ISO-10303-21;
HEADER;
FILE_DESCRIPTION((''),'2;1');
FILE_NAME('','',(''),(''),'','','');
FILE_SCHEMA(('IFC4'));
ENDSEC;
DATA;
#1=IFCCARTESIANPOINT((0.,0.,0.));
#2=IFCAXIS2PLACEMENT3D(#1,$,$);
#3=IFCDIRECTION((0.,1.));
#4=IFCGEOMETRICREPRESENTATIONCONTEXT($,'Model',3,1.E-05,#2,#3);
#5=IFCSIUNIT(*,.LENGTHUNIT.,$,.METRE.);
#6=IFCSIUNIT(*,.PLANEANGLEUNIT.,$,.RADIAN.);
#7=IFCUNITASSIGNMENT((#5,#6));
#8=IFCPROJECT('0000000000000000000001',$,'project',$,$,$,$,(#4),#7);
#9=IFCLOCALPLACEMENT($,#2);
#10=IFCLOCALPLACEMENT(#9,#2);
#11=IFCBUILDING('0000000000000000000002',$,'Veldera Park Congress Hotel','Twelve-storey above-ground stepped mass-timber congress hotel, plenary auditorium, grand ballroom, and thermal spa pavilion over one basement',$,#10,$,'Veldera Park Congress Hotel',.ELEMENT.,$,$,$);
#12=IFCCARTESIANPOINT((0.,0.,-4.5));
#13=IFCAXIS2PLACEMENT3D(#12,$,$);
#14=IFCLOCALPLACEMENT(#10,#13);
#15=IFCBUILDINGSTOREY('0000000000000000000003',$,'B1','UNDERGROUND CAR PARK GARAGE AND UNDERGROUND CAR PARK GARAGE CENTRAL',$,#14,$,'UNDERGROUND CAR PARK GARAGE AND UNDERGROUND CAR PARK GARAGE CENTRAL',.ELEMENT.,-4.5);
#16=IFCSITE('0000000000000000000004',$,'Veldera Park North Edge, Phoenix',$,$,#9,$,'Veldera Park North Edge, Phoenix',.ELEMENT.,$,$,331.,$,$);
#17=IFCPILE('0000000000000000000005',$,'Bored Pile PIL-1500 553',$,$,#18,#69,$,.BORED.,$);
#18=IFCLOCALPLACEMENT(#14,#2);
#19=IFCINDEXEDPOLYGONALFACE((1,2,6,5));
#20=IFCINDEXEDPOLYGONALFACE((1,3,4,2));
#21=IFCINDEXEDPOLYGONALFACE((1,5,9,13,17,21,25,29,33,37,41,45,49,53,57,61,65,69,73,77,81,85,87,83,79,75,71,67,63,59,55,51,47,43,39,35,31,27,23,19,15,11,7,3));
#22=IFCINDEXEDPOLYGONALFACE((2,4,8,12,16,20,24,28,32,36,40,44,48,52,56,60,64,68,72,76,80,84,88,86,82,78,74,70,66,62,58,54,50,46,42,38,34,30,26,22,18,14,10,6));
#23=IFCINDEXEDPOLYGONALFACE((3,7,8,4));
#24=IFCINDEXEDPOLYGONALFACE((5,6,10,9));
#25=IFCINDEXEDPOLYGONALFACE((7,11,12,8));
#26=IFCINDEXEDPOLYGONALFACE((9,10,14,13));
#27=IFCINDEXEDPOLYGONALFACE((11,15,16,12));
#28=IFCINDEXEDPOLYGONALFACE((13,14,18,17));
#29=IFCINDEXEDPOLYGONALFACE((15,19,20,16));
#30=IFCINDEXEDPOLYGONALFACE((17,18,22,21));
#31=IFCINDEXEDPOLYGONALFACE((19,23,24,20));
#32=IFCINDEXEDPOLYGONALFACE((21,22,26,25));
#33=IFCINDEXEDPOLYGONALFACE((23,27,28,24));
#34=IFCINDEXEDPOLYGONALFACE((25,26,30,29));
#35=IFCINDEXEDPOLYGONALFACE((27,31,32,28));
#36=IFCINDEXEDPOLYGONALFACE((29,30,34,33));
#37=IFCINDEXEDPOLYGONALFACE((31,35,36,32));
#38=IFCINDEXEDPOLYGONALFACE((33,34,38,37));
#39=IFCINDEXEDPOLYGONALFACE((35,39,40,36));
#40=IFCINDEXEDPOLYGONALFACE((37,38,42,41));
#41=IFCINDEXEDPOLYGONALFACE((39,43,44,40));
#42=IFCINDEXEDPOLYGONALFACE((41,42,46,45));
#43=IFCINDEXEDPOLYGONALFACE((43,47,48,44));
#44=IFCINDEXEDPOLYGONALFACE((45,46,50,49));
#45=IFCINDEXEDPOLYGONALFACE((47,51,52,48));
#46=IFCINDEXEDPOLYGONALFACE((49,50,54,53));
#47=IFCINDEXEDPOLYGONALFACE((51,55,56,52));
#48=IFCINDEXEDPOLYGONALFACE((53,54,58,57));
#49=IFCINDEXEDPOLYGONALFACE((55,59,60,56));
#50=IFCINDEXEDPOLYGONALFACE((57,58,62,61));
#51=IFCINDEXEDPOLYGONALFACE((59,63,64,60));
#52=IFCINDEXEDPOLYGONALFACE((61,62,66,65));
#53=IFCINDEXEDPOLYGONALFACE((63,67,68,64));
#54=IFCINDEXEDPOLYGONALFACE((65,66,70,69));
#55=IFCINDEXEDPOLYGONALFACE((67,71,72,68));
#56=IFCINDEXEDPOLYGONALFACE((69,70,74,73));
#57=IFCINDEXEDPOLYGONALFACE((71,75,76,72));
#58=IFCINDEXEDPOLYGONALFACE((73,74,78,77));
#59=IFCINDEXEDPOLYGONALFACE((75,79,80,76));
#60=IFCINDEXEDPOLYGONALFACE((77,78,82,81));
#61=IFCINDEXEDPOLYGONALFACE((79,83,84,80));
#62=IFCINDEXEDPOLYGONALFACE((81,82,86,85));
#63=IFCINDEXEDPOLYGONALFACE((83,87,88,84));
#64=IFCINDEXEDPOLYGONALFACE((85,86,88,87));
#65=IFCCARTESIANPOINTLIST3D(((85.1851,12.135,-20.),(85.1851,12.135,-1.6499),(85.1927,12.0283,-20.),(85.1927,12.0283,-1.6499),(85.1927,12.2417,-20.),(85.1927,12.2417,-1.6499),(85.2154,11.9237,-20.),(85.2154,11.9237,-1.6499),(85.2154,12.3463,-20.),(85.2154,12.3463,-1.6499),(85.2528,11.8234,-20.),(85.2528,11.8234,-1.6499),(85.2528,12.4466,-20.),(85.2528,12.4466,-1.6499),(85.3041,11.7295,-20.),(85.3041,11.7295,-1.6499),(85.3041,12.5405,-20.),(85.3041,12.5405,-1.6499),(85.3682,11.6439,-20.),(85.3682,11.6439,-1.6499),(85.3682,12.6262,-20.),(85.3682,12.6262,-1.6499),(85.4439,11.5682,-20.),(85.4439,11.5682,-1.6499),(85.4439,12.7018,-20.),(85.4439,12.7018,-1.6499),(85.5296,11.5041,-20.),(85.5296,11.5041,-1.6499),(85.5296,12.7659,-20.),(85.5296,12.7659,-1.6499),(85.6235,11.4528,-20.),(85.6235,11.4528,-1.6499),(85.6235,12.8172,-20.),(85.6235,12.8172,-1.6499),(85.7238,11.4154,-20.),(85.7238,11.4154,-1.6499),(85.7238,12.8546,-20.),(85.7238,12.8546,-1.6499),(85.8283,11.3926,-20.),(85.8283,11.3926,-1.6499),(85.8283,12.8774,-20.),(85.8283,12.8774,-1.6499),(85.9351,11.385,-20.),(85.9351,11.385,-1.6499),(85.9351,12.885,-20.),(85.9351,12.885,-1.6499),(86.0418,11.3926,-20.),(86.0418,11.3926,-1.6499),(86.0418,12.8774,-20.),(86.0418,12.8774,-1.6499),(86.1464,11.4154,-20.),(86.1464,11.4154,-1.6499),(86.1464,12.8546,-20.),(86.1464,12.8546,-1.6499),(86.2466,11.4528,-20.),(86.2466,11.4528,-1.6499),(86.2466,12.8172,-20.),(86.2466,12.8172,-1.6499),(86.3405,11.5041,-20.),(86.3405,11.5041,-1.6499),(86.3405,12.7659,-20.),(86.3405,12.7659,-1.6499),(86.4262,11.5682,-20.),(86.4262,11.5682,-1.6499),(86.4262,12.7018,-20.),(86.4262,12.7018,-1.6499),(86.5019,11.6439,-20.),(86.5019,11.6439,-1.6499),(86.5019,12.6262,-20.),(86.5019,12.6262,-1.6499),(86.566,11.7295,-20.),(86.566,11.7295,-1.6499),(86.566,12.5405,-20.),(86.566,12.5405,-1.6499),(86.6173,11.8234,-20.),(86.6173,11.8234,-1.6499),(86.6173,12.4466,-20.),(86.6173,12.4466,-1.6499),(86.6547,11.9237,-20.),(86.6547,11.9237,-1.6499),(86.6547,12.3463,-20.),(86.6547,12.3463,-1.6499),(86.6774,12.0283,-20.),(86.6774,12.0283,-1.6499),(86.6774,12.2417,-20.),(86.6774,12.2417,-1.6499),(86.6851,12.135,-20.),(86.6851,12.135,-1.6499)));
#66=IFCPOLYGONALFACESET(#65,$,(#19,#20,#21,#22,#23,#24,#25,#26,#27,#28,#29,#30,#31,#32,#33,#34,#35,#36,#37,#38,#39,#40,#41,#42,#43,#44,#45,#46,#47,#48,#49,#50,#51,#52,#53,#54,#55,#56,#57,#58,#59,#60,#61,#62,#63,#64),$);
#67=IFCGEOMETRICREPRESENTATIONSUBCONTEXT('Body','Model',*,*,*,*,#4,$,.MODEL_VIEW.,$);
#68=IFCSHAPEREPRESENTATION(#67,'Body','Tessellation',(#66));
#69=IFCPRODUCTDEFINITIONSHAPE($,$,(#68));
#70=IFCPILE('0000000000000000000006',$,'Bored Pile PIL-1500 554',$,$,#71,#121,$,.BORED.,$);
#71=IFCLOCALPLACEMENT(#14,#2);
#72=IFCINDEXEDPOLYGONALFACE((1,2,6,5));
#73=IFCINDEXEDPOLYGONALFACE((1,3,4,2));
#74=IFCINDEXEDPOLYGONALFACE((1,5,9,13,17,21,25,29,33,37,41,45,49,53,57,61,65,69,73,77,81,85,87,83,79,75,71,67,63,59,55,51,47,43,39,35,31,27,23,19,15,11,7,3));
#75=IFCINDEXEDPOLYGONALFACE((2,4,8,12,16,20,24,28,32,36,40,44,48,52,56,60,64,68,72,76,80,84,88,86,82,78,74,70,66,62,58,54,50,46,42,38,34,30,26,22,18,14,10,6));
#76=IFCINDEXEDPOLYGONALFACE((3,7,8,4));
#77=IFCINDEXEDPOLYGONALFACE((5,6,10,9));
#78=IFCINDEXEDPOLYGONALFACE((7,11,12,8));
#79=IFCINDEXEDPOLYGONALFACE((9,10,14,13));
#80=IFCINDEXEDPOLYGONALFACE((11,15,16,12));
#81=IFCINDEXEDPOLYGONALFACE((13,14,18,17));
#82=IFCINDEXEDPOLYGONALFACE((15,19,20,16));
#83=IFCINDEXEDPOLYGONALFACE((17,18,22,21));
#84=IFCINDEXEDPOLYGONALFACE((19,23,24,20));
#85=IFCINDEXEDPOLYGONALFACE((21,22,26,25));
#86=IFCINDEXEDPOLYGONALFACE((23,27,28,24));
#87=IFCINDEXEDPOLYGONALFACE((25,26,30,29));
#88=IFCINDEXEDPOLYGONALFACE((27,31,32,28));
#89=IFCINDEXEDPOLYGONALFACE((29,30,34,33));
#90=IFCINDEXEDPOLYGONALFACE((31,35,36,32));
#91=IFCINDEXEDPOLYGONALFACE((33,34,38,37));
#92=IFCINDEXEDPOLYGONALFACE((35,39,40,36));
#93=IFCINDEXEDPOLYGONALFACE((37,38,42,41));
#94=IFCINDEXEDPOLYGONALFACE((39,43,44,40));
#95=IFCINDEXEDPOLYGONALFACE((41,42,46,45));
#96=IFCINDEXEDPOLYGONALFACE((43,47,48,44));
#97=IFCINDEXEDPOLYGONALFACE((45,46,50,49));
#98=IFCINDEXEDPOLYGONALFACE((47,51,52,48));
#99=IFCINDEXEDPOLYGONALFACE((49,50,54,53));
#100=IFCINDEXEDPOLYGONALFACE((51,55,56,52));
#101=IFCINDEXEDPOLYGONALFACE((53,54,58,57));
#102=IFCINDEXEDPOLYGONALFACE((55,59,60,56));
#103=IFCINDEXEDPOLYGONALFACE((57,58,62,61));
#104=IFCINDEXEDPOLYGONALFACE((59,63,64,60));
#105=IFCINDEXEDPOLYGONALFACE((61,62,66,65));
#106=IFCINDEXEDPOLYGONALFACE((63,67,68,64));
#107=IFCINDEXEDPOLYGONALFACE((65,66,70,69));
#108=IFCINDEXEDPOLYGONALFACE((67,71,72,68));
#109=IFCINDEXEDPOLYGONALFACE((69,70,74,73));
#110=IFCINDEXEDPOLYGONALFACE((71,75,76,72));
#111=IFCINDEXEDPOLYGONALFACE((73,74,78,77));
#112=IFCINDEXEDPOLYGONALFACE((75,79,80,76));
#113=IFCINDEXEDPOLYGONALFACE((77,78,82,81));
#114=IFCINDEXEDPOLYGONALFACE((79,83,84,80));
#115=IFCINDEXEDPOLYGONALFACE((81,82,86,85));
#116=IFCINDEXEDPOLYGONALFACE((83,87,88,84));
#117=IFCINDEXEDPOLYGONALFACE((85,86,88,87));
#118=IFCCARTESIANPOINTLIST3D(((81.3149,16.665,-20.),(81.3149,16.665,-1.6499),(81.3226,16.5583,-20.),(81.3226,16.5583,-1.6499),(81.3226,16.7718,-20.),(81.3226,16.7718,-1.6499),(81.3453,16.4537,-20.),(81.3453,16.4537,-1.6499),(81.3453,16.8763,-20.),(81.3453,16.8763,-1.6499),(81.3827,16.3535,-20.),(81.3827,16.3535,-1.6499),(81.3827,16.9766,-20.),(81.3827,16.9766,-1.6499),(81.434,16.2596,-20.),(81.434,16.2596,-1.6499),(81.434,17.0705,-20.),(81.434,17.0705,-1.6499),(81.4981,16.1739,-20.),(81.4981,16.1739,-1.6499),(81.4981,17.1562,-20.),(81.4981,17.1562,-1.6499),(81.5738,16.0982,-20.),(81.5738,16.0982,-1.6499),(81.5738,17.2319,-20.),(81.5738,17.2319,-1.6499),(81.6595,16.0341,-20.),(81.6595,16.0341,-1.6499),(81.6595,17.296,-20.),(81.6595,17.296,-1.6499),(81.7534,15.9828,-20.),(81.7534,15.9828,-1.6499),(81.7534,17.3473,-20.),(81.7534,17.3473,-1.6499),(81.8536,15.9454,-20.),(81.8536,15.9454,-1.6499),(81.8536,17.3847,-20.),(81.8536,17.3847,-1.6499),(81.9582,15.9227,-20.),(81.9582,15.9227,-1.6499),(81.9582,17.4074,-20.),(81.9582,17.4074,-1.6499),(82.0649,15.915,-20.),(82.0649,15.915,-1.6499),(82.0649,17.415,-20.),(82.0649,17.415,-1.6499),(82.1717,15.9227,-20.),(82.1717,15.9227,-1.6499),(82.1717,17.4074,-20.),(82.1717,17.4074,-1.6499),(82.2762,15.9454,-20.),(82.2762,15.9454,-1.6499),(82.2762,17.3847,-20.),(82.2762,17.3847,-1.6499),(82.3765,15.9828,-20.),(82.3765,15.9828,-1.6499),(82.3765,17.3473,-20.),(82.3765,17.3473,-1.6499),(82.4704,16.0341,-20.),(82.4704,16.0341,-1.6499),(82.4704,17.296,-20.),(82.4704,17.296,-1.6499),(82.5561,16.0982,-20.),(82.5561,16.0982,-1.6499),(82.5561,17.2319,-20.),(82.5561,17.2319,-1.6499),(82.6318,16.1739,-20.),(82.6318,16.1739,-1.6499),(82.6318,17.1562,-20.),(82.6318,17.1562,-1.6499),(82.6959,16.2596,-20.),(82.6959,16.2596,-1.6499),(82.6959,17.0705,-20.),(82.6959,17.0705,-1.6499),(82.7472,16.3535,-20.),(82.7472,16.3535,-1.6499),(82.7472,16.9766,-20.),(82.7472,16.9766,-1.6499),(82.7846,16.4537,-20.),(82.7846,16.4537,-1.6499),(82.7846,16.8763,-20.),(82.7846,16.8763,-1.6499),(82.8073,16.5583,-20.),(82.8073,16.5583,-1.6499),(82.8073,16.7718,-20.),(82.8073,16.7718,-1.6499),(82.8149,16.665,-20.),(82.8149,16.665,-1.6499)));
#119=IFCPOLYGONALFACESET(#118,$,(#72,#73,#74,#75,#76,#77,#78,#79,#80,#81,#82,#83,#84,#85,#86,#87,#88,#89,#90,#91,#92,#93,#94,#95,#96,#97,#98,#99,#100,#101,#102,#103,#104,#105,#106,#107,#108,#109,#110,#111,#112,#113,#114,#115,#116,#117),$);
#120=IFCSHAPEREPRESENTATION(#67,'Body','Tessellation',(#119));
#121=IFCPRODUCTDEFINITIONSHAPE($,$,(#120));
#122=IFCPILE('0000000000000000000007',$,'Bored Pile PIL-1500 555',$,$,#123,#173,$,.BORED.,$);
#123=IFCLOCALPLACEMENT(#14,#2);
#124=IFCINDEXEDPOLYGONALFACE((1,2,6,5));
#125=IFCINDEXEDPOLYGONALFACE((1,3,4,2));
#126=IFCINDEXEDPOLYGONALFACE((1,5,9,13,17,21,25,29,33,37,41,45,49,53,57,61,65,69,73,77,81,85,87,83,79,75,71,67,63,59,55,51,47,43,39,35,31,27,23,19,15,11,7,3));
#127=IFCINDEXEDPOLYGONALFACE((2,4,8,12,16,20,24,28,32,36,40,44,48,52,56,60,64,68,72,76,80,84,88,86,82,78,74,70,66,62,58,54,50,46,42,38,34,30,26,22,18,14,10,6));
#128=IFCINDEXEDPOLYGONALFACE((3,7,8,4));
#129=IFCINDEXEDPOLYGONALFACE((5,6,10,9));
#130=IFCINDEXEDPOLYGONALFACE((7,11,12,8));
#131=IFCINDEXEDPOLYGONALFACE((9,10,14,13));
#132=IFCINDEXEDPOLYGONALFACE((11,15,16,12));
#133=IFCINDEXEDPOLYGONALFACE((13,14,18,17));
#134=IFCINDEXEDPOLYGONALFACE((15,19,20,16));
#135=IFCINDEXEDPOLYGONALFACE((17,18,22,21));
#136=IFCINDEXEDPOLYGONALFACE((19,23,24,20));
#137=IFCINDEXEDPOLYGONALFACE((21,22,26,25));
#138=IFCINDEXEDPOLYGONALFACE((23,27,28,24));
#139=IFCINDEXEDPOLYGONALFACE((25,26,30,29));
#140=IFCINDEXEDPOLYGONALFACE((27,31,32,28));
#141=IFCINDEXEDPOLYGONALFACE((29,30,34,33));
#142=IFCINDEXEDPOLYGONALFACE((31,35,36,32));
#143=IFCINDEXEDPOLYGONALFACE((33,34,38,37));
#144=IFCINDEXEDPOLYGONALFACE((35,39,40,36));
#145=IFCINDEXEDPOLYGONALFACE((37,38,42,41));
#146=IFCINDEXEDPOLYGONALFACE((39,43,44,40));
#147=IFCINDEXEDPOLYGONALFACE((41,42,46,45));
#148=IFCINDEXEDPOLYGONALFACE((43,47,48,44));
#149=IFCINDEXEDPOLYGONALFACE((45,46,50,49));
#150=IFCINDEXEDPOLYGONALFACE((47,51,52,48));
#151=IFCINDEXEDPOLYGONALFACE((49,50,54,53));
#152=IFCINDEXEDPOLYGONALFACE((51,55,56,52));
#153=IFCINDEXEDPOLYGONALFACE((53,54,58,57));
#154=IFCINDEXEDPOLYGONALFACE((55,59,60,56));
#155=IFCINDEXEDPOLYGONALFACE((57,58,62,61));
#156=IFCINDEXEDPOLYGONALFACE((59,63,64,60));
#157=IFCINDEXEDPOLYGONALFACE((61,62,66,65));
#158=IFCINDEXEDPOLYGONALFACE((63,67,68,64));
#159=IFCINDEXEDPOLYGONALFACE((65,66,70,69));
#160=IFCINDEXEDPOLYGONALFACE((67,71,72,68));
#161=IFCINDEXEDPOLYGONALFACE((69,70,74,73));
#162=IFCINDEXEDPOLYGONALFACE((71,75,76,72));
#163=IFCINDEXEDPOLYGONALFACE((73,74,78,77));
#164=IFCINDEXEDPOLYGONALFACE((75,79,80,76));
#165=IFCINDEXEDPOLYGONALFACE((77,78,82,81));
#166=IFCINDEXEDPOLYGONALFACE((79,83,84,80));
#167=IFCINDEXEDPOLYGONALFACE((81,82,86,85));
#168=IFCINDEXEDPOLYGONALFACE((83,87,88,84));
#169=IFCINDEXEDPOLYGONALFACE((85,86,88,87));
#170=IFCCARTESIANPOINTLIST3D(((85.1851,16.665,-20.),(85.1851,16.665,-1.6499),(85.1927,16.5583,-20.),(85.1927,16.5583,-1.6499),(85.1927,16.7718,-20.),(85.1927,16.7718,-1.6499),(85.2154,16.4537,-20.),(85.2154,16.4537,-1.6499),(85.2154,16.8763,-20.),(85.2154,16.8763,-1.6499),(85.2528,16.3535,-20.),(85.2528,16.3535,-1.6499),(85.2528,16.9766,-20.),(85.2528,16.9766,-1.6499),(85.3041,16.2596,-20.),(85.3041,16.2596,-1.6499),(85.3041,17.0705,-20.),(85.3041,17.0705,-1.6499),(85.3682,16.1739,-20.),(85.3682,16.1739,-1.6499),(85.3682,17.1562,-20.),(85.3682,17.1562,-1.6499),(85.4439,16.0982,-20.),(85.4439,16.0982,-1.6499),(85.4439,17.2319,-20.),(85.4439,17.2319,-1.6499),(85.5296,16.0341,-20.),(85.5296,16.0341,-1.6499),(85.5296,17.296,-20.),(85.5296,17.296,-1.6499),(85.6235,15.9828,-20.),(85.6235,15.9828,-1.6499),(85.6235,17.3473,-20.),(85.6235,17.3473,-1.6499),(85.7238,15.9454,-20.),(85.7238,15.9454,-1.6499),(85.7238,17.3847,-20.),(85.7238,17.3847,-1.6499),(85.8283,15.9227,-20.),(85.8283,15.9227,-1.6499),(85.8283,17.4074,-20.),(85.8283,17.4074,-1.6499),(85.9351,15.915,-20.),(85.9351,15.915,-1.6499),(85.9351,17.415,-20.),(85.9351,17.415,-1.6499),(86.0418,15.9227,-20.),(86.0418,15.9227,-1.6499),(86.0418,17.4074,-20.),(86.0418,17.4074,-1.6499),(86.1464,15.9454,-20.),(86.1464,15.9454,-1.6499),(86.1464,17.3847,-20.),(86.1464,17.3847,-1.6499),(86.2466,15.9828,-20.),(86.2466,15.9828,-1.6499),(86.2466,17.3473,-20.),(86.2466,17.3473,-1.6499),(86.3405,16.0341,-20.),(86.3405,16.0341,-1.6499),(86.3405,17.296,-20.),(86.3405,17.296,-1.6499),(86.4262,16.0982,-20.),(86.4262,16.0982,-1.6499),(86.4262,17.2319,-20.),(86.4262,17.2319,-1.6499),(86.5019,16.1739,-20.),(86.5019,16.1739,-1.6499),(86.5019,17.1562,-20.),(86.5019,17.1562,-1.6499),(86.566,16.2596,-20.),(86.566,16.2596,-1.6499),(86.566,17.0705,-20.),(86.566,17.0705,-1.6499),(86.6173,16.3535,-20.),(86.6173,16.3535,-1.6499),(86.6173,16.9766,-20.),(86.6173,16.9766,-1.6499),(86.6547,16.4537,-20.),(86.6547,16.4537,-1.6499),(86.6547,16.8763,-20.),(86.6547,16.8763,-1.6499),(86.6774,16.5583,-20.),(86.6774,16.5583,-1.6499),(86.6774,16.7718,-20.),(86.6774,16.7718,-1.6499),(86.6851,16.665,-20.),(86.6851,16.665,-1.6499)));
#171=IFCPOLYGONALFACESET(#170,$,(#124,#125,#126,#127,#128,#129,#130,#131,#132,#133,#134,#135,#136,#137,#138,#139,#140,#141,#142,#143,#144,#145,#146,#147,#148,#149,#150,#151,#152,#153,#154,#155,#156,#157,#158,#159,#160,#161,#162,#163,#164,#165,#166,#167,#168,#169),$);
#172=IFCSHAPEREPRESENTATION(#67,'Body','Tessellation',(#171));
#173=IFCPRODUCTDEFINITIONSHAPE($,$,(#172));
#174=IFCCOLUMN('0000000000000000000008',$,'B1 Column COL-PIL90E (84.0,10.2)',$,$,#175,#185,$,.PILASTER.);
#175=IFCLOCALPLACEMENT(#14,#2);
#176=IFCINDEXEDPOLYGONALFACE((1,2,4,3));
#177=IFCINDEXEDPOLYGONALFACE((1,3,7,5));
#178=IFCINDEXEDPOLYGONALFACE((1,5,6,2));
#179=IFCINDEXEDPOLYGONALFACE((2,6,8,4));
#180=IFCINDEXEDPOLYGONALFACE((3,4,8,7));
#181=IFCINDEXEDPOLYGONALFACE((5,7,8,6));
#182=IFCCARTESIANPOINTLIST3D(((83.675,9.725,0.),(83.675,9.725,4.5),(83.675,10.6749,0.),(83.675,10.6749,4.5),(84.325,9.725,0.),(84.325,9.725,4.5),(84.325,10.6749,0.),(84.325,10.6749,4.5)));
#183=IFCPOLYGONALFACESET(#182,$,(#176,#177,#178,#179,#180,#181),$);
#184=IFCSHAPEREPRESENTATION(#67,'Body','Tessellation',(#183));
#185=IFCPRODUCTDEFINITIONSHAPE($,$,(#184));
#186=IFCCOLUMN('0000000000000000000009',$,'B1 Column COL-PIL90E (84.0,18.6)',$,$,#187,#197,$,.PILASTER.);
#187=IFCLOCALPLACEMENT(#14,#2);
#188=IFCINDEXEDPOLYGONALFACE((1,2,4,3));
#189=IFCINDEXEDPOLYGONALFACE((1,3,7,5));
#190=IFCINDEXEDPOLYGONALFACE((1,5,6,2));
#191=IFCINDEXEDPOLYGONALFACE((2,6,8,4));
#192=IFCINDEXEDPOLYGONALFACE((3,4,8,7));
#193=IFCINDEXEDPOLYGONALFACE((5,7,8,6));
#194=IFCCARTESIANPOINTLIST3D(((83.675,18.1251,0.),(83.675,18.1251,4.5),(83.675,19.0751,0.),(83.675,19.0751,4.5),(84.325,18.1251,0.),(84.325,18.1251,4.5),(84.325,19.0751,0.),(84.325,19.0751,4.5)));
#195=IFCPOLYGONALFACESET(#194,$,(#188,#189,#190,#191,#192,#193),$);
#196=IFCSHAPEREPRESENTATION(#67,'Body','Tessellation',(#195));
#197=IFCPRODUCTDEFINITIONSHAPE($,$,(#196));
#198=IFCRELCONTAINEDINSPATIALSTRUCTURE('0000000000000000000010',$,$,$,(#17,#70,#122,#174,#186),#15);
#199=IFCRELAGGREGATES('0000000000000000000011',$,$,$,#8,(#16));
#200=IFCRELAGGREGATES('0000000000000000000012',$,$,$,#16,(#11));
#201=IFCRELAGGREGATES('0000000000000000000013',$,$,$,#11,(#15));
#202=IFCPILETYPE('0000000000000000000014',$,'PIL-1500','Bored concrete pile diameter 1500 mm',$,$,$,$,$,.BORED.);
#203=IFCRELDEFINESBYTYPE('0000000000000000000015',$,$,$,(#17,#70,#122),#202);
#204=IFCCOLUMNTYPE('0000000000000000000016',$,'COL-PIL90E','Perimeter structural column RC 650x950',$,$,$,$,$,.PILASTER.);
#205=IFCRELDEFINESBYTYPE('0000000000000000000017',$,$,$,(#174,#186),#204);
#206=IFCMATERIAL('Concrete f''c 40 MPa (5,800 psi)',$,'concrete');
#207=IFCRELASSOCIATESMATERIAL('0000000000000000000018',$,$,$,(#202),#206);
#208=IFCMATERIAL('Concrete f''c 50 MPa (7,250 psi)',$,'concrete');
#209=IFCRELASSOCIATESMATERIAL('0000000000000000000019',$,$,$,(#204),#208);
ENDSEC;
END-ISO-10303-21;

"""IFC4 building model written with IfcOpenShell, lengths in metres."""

from ifc_helpers import new_model, si_unit, direction, frame, origin, origin_2d, place, context, subcontext, project, spatial, rectangle, circle, extrude, material, material_profile, profile_set, type_object, element, save


model = new_model("IFC4")

# Units and contexts
model_context = context("Model", 3, precision=1e-05, world=origin(), true_north=direction((0.0, 1.0)))
body_context = subcontext(model_context, "Body", "Model", "MODEL_VIEW")
ifc_project = project(units=[si_unit("LENGTHUNIT", "METRE"), si_unit("PLANEANGLEUNIT", "RADIAN")], contexts=[model_context])

# Site, building, storey
site_placement = place(None, origin())
site = spatial("IfcSite", under=ifc_project, at=site_placement, Name="Veldera Park North Edge, Phoenix", LongName="Veldera Park North Edge, Phoenix", CompositionType="ELEMENT", RefElevation=331.0)
building_placement = place(site_placement, origin())
building = spatial("IfcBuilding", under=site, at=building_placement, Name="Veldera Park Congress Hotel", Description="Twelve-storey above-ground stepped mass-timber congress hotel, plenary auditorium, grand ballroom, and thermal spa pavilion over one basement", LongName="Veldera Park Congress Hotel", CompositionType="ELEMENT")
storey_placement = place(building_placement, frame((0.0, 0.0, -4.5)))
storey = spatial("IfcBuildingStorey", under=building, at=storey_placement, Name="B1", Description="UNDERGROUND CAR PARK GARAGE AND UNDERGROUND CAR PARK GARAGE CENTRAL", LongName="UNDERGROUND CAR PARK GARAGE AND UNDERGROUND CAR PARK GARAGE CENTRAL", CompositionType="ELEMENT", Elevation=-4.5)

# Shared definitions
ifc_material_1 = material(Name="Concrete f'c 40 MPa (5,800 psi)", Category="concrete")

# Piles
ifc_material_profile_1 = material_profile(ifc_material_1, circle(Radius=0.75, at=origin_2d()), Name="PILE D1500")
ifc_profile_set_1 = profile_set([ifc_material_profile_1], Name="Concrete f'c 40 MPa (5,800 psi)")
pile_type = type_object("IfcPileType", Name="PIL-1500", Description="Bored concrete pile diameter 1500 mm", PredefinedType="BORED", material=ifc_profile_set_1)
for number, where, z_axis, x_axis, name in (
    (1, (85.9351, 12.135, -1.6499), (0.0, 0.0, -1.0), (1.0, 0.0, 0.0), "Bored Pile PIL-1500 553"),
    (2, (82.0649, 16.665, -1.6499), (0.0, 0.0, -1.0), (1.0, 0.0, 0.0), "Bored Pile PIL-1500 554"),
    (3, (85.9351, 16.665, -1.6499), (0.0, 0.0, -1.0), (1.0, 0.0, 0.0), "Bored Pile PIL-1500 555"),
):
    element("IfcPile", number, at=place(storey_placement, frame(where, z_axis=z_axis, x_axis=x_axis)), inside=storey, type_object=pile_type, Name=name, PredefinedType="BORED", context=body_context, shape_type="SweptSolid", body=[
        extrude(circle(Radius=0.75, at=origin_2d()), origin(), (0.0, 0.0, 1.0), 18.3501),
    ])

# Columns
ifc_material_2 = material(Name="Concrete f'c 50 MPa (7,250 psi)", Category="concrete")
ifc_material_profile_2 = material_profile(ifc_material_2, rectangle(XDim=0.6499, YDim=0.95, at=origin_2d()), Name="RC 650x950")
ifc_profile_set_2 = profile_set([ifc_material_profile_2], Name="Concrete f'c 50 MPa (7,250 psi)")
column_type = type_object("IfcColumnType", Name="COL-PIL90E", Description="Perimeter structural column RC 650x950", PredefinedType="PILASTER", material=ifc_profile_set_2)
for number, where, z_axis, x_axis, name in (
    (4, (84.0, 10.2, 0.0), (0.0, 0.0, 1.0), (1.0, 0.0, 0.0), "B1 Column COL-PIL90E (84.0,10.2)"),
    (5, (84.0, 18.6001, 0.0), (0.0, 0.0, 1.0), (1.0, 0.0, 0.0), "B1 Column COL-PIL90E (84.0,18.6)"),
):
    element("IfcColumn", number, at=place(storey_placement, frame(where, z_axis=z_axis, x_axis=x_axis)), inside=storey, type_object=column_type, Name=name, PredefinedType="PILASTER", context=body_context, shape_type="SweptSolid", body=[
        extrude(rectangle(XDim=0.6499, YDim=0.95, at=origin_2d()), origin(), (0.0, 0.0, 1.0), 4.5),
    ])

save(model, "model.ifc")
